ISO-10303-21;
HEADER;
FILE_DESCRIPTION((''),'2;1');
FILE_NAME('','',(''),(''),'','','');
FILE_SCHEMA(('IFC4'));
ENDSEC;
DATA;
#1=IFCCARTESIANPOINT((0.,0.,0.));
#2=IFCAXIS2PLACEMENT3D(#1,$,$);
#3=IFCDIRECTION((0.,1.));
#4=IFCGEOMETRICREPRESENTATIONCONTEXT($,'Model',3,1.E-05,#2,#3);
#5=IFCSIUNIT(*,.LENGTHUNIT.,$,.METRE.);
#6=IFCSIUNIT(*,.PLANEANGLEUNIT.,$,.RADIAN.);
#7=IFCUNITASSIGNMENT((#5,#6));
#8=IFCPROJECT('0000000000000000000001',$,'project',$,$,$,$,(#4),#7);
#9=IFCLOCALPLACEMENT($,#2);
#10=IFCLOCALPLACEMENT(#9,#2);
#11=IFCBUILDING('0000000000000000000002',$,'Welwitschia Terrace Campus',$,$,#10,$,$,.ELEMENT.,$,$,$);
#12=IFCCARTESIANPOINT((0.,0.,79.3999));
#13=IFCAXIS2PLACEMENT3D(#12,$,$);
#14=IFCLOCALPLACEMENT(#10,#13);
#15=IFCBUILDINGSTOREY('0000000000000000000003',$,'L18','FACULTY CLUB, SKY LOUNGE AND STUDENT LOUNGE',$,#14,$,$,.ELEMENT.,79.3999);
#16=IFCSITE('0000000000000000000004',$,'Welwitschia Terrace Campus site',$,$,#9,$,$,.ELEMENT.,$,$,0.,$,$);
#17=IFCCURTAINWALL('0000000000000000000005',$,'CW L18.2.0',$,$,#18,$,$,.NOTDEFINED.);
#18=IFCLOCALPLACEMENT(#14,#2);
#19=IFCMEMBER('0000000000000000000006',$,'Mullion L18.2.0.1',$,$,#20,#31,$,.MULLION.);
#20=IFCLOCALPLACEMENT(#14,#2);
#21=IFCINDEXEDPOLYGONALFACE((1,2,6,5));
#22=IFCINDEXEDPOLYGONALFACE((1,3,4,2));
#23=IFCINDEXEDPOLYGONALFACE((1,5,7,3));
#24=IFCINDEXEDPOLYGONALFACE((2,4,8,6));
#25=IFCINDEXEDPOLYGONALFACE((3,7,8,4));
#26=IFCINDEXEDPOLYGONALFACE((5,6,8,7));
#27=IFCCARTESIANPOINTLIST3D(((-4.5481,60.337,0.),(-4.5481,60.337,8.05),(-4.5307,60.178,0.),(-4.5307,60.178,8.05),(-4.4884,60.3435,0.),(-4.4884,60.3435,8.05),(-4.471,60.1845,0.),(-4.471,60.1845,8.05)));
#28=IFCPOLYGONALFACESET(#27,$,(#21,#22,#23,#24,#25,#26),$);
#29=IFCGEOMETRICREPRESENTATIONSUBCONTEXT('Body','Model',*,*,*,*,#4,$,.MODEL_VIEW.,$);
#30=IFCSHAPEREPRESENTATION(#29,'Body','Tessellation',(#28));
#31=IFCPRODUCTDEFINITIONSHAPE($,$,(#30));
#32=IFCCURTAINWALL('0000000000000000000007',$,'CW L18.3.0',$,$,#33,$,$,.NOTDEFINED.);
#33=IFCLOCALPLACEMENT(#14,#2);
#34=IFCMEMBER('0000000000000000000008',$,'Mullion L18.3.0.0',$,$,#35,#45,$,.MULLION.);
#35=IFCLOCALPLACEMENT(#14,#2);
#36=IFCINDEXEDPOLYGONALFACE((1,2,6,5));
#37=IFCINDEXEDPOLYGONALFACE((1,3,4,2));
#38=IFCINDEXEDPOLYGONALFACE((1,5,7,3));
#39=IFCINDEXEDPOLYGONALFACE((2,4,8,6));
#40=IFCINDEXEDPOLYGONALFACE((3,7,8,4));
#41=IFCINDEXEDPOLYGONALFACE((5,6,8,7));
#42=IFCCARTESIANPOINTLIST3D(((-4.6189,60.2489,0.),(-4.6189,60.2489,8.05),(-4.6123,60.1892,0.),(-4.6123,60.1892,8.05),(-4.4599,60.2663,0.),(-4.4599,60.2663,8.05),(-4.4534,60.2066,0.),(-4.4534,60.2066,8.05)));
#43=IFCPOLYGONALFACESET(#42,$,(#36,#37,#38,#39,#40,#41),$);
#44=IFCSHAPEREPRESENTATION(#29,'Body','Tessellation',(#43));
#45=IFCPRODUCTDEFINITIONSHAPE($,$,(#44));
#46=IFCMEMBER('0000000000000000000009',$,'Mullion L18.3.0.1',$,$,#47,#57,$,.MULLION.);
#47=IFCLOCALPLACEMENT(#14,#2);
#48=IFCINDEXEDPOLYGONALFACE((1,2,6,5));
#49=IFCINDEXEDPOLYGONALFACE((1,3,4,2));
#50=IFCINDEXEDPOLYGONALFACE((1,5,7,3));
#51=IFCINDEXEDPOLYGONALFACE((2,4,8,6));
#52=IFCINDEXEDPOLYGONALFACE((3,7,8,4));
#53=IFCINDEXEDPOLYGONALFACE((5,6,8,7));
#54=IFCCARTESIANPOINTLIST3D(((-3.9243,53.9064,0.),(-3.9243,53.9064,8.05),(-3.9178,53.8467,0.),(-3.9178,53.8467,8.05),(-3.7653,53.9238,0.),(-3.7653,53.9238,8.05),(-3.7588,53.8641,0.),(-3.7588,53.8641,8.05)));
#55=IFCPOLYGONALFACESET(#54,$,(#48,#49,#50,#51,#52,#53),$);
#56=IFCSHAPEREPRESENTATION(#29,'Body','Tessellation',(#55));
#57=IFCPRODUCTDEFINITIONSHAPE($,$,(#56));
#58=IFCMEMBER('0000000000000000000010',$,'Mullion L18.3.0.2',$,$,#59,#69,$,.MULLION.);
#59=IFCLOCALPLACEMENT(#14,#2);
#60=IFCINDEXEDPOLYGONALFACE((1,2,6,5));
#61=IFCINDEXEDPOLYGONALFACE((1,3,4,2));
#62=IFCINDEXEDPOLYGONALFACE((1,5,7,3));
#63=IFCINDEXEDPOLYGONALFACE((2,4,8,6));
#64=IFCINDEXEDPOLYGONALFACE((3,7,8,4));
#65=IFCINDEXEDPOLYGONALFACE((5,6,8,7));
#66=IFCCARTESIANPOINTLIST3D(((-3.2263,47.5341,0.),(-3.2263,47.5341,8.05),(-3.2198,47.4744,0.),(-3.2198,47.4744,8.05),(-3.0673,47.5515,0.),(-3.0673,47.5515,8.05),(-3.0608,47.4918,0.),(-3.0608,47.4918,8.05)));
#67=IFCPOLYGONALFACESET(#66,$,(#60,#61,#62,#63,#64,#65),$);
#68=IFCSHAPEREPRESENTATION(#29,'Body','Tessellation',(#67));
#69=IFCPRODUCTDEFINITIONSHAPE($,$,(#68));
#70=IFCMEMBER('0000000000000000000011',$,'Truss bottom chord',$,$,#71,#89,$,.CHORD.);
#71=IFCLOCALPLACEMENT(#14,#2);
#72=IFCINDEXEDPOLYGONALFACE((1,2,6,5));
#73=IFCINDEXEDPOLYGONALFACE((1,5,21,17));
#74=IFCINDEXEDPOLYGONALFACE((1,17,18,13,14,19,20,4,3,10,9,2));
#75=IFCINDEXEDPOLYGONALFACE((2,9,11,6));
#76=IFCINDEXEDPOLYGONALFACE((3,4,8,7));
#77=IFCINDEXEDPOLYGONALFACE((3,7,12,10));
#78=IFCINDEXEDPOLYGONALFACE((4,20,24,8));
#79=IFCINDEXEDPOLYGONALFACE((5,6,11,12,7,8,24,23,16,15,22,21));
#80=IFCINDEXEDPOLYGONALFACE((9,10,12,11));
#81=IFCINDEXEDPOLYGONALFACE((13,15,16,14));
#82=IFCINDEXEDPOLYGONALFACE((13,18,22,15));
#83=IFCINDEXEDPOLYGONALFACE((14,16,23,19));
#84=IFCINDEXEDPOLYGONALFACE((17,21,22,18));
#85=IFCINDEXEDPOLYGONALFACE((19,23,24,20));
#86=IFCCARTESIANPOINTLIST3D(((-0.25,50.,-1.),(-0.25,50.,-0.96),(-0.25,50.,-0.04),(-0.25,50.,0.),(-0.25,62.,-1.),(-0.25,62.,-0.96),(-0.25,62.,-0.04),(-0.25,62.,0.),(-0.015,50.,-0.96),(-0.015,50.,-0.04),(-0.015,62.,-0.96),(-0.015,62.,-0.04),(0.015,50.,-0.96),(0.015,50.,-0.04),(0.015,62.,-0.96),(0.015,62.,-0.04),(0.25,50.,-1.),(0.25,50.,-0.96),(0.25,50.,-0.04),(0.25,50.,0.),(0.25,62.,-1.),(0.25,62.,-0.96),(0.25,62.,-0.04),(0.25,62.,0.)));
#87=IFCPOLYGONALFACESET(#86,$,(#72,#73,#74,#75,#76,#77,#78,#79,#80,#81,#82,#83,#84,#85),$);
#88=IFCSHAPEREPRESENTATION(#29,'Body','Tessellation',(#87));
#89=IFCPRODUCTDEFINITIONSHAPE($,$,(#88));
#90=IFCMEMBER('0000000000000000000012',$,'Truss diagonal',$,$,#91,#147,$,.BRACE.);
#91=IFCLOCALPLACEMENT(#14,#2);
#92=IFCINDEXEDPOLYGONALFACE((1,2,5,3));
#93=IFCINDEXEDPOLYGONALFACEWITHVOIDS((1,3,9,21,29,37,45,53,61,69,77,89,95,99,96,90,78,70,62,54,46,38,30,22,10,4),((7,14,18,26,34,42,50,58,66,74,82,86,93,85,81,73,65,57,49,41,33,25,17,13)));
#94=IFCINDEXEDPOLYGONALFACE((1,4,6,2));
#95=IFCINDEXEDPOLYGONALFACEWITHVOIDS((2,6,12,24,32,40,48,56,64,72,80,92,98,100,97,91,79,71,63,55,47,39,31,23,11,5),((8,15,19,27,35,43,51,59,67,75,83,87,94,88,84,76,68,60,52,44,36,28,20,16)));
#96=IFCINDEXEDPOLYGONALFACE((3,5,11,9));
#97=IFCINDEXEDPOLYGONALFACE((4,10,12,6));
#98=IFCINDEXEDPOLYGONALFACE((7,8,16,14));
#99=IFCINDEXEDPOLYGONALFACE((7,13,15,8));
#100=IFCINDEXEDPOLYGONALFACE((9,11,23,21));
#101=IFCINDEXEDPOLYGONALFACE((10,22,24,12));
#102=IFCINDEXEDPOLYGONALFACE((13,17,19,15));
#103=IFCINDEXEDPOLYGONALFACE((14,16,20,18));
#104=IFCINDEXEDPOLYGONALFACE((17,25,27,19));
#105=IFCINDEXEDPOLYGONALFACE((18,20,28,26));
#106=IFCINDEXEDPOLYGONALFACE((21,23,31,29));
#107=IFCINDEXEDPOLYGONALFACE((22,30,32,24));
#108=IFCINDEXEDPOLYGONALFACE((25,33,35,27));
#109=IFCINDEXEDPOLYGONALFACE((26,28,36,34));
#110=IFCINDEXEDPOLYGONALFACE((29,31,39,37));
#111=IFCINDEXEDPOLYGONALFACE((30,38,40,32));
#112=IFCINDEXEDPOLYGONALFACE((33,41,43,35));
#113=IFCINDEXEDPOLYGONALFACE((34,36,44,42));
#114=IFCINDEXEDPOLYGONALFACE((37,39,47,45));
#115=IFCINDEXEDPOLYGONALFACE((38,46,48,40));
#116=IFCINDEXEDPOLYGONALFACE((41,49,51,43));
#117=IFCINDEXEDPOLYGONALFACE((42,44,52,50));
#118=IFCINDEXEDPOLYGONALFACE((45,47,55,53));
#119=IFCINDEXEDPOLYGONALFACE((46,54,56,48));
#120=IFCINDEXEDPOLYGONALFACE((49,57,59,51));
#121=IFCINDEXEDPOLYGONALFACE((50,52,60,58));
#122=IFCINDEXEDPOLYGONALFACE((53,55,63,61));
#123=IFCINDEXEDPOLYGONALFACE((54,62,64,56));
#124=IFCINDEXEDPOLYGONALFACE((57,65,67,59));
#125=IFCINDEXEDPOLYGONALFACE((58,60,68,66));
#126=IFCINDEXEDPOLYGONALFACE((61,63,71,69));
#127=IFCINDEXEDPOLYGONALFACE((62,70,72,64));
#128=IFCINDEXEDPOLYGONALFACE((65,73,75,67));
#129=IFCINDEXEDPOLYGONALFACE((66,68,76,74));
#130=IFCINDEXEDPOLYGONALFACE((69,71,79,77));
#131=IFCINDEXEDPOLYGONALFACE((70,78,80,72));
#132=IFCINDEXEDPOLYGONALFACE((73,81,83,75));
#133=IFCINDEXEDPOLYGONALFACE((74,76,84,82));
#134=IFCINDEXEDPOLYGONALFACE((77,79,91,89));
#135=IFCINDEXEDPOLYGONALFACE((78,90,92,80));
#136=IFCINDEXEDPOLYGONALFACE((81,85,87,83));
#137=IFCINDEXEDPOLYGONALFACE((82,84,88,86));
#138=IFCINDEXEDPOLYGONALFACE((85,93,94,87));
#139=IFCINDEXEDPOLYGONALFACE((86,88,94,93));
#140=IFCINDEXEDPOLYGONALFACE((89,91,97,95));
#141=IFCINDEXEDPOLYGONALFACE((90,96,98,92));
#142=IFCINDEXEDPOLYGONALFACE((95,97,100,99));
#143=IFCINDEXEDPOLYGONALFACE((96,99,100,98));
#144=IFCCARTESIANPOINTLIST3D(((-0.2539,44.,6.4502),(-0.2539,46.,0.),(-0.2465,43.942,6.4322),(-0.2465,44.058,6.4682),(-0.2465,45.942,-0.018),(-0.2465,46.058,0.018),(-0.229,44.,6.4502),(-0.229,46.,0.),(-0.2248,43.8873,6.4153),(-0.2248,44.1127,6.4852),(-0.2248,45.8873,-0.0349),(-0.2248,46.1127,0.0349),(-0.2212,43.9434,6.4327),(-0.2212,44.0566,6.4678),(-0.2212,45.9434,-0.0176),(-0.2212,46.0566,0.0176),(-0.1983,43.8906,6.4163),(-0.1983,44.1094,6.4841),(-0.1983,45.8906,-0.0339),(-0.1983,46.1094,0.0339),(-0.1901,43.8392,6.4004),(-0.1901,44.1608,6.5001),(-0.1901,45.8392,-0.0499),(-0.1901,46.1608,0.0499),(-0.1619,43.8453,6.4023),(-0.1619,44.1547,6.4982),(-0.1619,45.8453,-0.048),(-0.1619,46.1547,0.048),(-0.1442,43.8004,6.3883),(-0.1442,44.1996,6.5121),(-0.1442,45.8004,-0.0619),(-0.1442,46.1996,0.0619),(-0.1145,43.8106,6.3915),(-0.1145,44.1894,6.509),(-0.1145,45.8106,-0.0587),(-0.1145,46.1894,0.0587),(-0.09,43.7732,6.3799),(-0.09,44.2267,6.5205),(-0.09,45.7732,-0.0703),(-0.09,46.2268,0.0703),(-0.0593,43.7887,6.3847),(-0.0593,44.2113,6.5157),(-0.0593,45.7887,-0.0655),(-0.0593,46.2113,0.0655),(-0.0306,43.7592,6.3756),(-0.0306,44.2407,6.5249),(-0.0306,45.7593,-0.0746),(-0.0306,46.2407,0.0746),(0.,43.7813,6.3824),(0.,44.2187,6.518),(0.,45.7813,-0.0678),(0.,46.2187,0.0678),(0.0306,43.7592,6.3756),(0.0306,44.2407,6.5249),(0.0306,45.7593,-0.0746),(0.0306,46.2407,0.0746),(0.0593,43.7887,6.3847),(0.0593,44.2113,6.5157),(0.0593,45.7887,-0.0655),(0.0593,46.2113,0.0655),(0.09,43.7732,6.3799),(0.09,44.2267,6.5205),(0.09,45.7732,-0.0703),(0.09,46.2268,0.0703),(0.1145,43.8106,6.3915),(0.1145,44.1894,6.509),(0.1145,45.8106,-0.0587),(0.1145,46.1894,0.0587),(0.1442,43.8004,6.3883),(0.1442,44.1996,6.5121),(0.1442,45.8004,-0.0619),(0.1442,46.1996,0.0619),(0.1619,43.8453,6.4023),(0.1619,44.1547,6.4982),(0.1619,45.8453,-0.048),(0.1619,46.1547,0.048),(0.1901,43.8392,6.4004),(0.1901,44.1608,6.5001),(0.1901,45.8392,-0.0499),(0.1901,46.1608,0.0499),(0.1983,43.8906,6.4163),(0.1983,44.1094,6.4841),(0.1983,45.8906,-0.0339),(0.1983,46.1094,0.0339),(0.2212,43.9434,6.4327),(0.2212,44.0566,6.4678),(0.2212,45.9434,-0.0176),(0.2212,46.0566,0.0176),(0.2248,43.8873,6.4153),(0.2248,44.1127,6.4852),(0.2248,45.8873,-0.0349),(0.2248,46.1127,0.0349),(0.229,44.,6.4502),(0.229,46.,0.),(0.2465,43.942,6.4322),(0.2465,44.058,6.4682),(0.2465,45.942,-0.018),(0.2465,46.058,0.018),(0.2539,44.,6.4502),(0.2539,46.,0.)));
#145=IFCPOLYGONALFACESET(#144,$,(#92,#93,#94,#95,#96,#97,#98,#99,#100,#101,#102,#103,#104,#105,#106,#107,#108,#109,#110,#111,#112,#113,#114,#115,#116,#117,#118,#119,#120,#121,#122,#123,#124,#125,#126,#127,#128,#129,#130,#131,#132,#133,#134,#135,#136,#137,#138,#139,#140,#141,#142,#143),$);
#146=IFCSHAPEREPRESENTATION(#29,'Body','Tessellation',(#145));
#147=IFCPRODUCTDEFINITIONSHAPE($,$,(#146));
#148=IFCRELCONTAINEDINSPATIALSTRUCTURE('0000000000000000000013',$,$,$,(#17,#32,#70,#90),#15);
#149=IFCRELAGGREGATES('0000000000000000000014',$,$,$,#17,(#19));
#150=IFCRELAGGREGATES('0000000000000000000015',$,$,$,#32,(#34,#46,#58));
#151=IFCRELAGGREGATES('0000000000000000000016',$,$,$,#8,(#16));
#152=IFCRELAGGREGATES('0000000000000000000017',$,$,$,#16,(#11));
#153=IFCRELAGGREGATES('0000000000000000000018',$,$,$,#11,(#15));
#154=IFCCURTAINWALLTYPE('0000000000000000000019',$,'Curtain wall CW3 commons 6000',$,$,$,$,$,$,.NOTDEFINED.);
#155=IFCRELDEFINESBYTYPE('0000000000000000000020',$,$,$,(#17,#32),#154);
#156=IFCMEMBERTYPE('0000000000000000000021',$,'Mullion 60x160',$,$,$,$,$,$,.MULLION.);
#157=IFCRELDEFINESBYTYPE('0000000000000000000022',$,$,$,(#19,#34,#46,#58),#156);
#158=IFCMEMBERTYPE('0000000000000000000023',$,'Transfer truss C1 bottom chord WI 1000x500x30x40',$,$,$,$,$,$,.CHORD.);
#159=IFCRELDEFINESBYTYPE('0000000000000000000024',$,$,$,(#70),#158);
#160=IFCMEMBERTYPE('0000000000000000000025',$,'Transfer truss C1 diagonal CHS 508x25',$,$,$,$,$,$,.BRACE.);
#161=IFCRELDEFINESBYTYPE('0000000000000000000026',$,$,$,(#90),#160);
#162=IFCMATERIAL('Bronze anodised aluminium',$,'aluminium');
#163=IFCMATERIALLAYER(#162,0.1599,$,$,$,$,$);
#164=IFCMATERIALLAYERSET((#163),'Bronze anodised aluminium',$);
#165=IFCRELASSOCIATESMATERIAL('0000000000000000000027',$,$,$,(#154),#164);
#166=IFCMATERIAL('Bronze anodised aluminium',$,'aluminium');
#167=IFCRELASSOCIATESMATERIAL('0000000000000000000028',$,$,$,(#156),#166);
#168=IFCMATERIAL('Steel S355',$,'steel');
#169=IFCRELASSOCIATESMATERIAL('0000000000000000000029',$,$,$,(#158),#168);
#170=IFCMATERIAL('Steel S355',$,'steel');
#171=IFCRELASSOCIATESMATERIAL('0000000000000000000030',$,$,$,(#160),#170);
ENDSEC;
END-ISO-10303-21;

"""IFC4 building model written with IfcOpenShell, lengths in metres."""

from ifc_helpers import new_model, si_unit, direction, frame, origin, origin_2d, place, context, subcontext, project, spatial, rectangle, hollow_circle, i_section, extrude, material, layer, layer_set, material_profile, profile_set, type_object, element, aggregate, save


model = new_model("IFC4")

# Units and contexts
model_context = context("Model", 3, precision=1e-05, world=origin(), true_north=direction((0.0, 1.0)))
body_context = subcontext(model_context, "Body", "Model", "MODEL_VIEW")
ifc_project = project(units=[si_unit("LENGTHUNIT", "METRE"), si_unit("PLANEANGLEUNIT", "RADIAN")], contexts=[model_context])

# Site, building, storey
site_placement = place(None, origin())
site = spatial("IfcSite", under=ifc_project, at=site_placement, Name="Welwitschia Terrace Campus site", CompositionType="ELEMENT", RefElevation=0.0)
building_placement = place(site_placement, origin())
building = spatial("IfcBuilding", under=site, at=building_placement, Name="Welwitschia Terrace Campus", CompositionType="ELEMENT")
storey_placement = place(building_placement, frame((0.0, 0.0, 79.3999)))
storey = spatial("IfcBuildingStorey", under=building, at=storey_placement, Name="L18", Description="FACULTY CLUB, SKY LOUNGE AND STUDENT LOUNGE", CompositionType="ELEMENT", Elevation=79.3999)

# Curtain wall, member
ifc_material_1 = material(Name="Bronze anodised aluminium", Category="aluminium")
ifc_layer_1 = layer(ifc_material_1, 0.1599)
ifc_layer_set_1 = layer_set([ifc_layer_1], Name="Bronze anodised aluminium")
curtain_wall_type = type_object("IfcCurtainWallType", Name="Curtain wall CW3 commons 6000", PredefinedType="NOTDEFINED", material=ifc_layer_set_1)
curtain_wall_1_placement = place(storey_placement, origin())
curtain_wall_1 = element("IfcCurtainWall", 1, at=curtain_wall_1_placement, inside=storey, type_object=curtain_wall_type, Name="CW L18.2.0", PredefinedType="NOTDEFINED")
ifc_material_2 = material(Name="Bronze anodised aluminium", Category="aluminium")
ifc_material_profile_1 = material_profile(ifc_material_2, rectangle(XDim=0.1599, YDim=0.0601, at=origin_2d()))
ifc_profile_set_1 = profile_set([ifc_material_profile_1], Name="Bronze anodised aluminium")
member_type_1 = type_object("IfcMemberType", Name="Mullion 60x160", PredefinedType="MULLION", material=ifc_profile_set_1)
member_1_placement = place(storey_placement, frame((-4.5095, 60.2607, 0.0), z_axis=(0.0, 0.0, 1.0), x_axis=(0.108867, -0.994056, 0.0)))
member_1 = element("IfcMember", 2, at=member_1_placement, type_object=member_type_1, Name="Mullion L18.2.0.1", PredefinedType="MULLION", context=body_context, shape_type="SweptSolid", body=[
    extrude(rectangle(XDim=0.1599, YDim=0.0601, at=origin_2d()), origin(), (0.0, 0.0, 1.0), 8.05),
])

# Curtain wall, members
curtain_wall_2_placement = place(storey_placement, origin())
curtain_wall_2 = element("IfcCurtainWall", 3, at=curtain_wall_2_placement, inside=storey, type_object=curtain_wall_type, Name="CW L18.3.0", PredefinedType="NOTDEFINED")
member_2_placement = place(storey_placement, frame((-4.5361, 60.2278, 0.0), z_axis=(0.0, 0.0, 1.0), x_axis=(0.994056, 0.108867, 0.0)))
member_2 = element("IfcMember", 4, at=member_2_placement, type_object=member_type_1, Name="Mullion L18.3.0.0", PredefinedType="MULLION", context=body_context, shape_type="SweptSolid", body=[
    extrude(rectangle(XDim=0.1599, YDim=0.0601, at=origin_2d()), origin(), (0.0, 0.0, 1.0), 8.05),
])
member_3_placement = place(storey_placement, frame((-3.8416, 53.8853, 0.0), z_axis=(0.0, 0.0, 1.0), x_axis=(0.994056, 0.108867, 0.0)))
member_3 = element("IfcMember", 5, at=member_3_placement, type_object=member_type_1, Name="Mullion L18.3.0.1", PredefinedType="MULLION", context=body_context, shape_type="SweptSolid", body=[
    extrude(rectangle(XDim=0.1599, YDim=0.0601, at=origin_2d()), origin(), (0.0, 0.0, 1.0), 8.05),
])
member_4_placement = place(storey_placement, frame((-3.1436, 47.5129, 0.0), z_axis=(0.0, 0.0, 1.0), x_axis=(0.994056, 0.108867, 0.0)))
member_4 = element("IfcMember", 6, at=member_4_placement, type_object=member_type_1, Name="Mullion L18.3.0.2", PredefinedType="MULLION", context=body_context, shape_type="SweptSolid", body=[
    extrude(rectangle(XDim=0.1599, YDim=0.0601, at=origin_2d()), origin(), (0.0, 0.0, 1.0), 8.05),
])

# Members
ifc_material_3 = material(Name="Steel S355", Category="steel")
ifc_material_profile_2 = material_profile(ifc_material_3, i_section(OverallWidth=0.5, OverallDepth=1.0, WebThickness=0.03, FlangeThickness=0.04, at=origin_2d()))
ifc_profile_set_2 = profile_set([ifc_material_profile_2], Name="Steel S355")
member_type_2 = type_object("IfcMemberType", Name="Transfer truss C1 bottom chord WI 1000x500x30x40", PredefinedType="CHORD", material=ifc_profile_set_2)
member_5_placement = place(storey_placement, frame((0.0, 50.0, -0.5), z_axis=(0.0, 1.0, 0.0), x_axis=(-1.0, 0.0, 0.0)))
element("IfcMember", 7, at=member_5_placement, inside=storey, type_object=member_type_2, Name="Truss bottom chord", PredefinedType="CHORD", context=body_context, shape_type="SweptSolid", body=[
    extrude(i_section(OverallWidth=0.5, OverallDepth=1.0, WebThickness=0.03, FlangeThickness=0.04, at=origin_2d()), origin(), (0.0, 0.0, 1.0), 12.0),
])
ifc_material_4 = material(Name="Steel S355", Category="steel")
ifc_material_profile_3 = material_profile(ifc_material_4, hollow_circle(Radius=0.2539, WallThickness=0.0249, at=origin_2d()))
ifc_profile_set_3 = profile_set([ifc_material_profile_3], Name="Steel S355")
member_type_3 = type_object("IfcMemberType", Name="Transfer truss C1 diagonal CHS 508x25", PredefinedType="BRACE", material=ifc_profile_set_3)
member_6_placement = place(storey_placement, frame((0.0, 46.0, 0.0), z_axis=(0.0, -0.296158, 0.955139), x_axis=(1.0, 0.0, 0.0)))
element("IfcMember", 8, at=member_6_placement, inside=storey, type_object=member_type_3, Name="Truss diagonal", PredefinedType="BRACE", context=body_context, shape_type="SweptSolid", body=[
    extrude(hollow_circle(Radius=0.2539, WallThickness=0.0249, at=origin_2d()), origin(), (0.0, 0.0, 1.0), 6.7532),
])

aggregate(curtain_wall_1, [member_1])
aggregate(curtain_wall_2, [member_2, member_3, member_4])

save(model, "model.ifc")
